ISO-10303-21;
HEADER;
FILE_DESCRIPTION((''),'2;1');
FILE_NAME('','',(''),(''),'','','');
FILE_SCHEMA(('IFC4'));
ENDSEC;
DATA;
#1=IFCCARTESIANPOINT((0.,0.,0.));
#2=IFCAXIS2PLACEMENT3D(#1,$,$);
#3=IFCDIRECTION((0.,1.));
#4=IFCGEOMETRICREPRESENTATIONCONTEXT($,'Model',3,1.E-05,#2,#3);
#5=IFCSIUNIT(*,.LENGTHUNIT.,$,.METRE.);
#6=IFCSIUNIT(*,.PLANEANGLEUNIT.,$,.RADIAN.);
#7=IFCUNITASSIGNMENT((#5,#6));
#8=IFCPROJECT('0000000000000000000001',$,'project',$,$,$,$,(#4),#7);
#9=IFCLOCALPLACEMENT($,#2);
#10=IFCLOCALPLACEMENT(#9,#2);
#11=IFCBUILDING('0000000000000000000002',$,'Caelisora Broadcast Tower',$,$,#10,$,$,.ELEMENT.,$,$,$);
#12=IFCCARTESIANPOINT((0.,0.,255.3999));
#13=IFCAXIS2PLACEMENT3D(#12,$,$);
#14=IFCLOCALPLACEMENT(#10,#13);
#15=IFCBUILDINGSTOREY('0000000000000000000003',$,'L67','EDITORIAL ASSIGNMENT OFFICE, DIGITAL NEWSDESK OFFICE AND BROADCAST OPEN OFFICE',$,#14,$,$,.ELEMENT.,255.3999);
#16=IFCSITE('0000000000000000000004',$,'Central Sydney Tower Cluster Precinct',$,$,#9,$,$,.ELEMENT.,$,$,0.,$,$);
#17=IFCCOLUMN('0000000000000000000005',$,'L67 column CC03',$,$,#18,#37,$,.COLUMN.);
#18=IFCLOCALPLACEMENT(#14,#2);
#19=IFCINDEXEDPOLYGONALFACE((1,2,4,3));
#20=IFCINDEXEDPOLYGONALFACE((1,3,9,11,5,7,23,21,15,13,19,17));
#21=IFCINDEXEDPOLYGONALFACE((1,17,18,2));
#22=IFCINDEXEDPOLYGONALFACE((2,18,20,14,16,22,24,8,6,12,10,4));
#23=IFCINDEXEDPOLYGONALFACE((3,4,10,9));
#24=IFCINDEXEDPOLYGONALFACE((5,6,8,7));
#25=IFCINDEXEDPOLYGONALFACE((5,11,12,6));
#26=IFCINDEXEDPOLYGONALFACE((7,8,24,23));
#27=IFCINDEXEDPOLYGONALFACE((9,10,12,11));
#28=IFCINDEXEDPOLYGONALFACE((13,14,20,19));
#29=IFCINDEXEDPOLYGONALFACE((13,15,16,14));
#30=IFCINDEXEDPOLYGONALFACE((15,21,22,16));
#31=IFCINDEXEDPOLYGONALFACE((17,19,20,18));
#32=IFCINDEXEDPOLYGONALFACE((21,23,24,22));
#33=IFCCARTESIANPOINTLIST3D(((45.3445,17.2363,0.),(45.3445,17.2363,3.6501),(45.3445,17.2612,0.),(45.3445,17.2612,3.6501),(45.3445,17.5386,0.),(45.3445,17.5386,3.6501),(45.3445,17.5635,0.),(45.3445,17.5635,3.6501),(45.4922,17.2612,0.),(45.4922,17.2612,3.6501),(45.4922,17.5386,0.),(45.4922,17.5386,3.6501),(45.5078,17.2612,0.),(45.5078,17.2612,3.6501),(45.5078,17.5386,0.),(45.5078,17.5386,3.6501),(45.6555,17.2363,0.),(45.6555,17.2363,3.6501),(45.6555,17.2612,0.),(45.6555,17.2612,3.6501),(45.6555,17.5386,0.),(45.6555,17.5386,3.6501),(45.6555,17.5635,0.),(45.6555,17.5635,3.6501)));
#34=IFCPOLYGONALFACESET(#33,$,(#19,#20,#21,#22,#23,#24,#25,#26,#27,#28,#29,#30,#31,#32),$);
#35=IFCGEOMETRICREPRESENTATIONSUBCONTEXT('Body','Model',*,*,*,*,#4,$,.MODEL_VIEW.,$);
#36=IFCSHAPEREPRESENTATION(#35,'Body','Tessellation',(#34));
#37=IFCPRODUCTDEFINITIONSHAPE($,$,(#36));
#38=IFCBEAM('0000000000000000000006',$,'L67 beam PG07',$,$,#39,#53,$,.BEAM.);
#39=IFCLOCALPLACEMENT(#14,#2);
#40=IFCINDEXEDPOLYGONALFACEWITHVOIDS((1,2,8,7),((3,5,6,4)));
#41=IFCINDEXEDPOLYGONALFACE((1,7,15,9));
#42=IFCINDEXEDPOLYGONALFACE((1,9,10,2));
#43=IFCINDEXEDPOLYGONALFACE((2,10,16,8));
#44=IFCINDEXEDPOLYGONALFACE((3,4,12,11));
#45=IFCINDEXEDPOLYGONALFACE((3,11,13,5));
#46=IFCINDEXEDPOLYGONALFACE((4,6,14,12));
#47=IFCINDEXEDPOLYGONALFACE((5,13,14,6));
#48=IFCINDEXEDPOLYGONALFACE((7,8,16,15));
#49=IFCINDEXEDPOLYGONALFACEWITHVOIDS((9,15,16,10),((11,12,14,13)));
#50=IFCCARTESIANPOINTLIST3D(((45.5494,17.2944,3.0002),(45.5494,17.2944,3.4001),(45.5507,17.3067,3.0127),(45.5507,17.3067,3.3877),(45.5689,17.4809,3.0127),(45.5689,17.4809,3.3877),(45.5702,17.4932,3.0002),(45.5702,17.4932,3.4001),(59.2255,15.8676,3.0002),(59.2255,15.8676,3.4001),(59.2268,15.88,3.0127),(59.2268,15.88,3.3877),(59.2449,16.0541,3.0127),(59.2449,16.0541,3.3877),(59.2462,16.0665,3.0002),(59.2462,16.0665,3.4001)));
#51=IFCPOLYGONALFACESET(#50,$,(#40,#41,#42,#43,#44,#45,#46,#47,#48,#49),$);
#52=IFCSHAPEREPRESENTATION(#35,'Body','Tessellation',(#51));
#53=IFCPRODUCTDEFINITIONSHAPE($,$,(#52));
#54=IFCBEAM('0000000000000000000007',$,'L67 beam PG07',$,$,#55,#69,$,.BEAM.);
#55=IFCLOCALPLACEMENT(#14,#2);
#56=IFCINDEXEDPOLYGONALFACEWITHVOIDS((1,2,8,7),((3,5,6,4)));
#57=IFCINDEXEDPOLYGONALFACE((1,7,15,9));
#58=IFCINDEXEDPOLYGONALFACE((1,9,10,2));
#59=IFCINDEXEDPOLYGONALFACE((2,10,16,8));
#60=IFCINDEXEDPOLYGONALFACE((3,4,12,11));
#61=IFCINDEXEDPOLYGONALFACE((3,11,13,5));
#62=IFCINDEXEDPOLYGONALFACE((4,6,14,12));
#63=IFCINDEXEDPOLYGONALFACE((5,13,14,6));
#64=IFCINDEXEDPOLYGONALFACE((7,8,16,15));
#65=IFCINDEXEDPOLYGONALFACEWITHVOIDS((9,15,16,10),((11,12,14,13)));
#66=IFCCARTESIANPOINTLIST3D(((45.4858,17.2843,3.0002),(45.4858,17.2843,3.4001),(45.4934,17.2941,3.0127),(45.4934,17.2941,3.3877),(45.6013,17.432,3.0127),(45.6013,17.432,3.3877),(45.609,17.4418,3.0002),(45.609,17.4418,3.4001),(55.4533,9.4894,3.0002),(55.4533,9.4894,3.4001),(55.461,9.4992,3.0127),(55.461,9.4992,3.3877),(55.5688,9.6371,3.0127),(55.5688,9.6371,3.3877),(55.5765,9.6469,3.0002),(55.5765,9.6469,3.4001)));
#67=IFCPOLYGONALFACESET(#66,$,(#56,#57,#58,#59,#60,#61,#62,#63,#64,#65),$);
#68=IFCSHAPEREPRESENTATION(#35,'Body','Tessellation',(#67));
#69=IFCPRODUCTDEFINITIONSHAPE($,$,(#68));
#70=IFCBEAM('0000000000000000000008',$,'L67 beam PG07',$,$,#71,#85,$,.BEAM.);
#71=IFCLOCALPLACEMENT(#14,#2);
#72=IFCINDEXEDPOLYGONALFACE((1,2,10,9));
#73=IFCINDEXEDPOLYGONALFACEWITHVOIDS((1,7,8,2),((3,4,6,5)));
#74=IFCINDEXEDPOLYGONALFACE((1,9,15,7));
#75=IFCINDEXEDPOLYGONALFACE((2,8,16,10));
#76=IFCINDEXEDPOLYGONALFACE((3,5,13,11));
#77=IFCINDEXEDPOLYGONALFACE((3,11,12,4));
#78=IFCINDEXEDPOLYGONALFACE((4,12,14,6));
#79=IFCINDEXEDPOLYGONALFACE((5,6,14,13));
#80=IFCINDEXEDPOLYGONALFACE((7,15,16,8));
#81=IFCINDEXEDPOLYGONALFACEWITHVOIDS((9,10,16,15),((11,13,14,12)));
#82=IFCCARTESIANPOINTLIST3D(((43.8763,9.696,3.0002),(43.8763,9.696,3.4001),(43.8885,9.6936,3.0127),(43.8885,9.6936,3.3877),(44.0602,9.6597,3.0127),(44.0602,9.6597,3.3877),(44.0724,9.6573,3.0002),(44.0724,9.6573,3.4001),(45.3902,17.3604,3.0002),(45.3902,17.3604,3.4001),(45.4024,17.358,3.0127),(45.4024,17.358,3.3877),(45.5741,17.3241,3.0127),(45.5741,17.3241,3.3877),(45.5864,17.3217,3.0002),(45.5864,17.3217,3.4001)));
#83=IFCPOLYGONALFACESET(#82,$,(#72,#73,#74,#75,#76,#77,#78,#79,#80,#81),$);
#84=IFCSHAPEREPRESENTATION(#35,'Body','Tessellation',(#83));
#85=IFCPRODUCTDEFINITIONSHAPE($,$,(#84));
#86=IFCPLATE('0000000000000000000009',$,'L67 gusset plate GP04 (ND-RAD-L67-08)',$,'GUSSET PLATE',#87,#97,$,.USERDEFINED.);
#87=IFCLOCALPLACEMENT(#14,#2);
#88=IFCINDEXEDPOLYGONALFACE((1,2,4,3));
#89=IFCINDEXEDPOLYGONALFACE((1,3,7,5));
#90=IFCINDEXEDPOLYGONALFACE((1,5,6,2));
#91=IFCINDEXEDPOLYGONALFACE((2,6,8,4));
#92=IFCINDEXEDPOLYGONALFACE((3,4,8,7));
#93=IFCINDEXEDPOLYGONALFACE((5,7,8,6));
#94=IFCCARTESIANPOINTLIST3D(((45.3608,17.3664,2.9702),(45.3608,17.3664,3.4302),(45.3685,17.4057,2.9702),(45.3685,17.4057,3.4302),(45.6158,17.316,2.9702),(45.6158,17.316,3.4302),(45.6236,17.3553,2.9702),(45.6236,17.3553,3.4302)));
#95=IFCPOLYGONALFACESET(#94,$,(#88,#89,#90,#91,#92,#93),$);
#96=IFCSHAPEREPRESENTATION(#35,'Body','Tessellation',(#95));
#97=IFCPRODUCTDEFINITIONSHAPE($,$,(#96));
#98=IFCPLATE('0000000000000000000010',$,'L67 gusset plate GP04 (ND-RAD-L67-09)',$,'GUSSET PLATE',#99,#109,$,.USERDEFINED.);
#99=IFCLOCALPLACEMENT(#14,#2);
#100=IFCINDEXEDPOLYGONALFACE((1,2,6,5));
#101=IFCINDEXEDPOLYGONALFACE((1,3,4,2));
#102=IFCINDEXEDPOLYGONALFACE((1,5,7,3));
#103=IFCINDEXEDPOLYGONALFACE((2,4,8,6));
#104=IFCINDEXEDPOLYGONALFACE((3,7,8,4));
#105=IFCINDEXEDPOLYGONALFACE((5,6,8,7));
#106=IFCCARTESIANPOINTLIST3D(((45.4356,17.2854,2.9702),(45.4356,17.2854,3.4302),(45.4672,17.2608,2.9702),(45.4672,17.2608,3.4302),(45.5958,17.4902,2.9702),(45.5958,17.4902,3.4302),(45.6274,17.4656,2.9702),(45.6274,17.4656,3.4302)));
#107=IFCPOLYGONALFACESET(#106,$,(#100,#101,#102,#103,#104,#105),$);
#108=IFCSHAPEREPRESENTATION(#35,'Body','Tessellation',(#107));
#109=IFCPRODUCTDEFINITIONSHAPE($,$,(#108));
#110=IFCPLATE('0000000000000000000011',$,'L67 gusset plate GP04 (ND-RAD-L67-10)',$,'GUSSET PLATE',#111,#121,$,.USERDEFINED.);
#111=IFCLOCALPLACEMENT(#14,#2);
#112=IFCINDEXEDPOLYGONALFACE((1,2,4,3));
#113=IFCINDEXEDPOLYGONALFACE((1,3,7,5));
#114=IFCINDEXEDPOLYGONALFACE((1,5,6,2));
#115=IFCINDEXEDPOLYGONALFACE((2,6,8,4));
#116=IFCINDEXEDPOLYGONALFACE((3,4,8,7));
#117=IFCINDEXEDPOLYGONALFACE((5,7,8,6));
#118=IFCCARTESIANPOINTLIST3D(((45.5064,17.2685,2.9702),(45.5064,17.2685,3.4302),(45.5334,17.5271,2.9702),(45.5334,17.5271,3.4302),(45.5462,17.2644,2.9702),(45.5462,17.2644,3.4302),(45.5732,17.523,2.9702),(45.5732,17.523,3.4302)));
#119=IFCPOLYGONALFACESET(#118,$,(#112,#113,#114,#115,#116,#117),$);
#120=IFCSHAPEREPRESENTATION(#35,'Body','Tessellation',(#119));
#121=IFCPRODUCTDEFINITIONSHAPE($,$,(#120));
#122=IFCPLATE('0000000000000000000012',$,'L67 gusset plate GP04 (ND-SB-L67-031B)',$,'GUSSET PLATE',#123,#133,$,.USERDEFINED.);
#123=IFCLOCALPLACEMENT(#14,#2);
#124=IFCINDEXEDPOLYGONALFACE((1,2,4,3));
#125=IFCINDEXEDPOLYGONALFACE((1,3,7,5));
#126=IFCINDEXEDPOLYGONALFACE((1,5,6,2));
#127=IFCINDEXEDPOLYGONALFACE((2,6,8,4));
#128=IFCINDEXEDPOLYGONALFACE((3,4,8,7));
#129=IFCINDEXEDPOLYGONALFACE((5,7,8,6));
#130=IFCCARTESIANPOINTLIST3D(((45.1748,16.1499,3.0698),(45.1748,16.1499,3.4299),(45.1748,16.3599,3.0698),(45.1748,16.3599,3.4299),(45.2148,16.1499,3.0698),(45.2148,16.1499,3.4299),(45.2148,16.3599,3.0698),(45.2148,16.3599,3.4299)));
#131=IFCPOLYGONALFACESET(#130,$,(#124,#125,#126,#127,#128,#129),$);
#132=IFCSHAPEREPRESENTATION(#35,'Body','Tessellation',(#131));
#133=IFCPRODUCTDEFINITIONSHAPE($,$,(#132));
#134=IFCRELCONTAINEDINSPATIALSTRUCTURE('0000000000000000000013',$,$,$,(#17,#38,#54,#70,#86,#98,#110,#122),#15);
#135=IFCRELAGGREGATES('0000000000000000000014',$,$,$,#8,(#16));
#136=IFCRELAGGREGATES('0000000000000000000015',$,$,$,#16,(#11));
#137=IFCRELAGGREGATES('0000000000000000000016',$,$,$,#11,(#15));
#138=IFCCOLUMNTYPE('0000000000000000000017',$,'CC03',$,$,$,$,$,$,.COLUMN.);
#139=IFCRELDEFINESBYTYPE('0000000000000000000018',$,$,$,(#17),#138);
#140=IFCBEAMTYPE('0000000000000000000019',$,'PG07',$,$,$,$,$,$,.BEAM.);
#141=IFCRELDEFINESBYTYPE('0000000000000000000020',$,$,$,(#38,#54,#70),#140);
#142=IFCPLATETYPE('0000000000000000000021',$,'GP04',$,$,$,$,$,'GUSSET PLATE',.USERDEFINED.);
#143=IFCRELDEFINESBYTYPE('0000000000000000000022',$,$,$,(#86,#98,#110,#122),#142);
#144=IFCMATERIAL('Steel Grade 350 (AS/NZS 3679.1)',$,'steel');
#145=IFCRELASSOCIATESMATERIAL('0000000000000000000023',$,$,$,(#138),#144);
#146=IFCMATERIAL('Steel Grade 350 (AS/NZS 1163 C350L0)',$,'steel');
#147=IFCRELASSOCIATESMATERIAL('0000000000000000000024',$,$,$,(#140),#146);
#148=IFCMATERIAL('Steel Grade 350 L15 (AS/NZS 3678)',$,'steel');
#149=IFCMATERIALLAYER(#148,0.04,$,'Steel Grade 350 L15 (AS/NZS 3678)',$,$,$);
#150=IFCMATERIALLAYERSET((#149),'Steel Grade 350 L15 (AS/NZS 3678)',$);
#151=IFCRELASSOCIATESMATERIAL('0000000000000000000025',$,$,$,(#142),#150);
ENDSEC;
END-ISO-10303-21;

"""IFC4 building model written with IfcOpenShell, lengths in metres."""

from ifc_helpers import new_model, si_unit, direction, frame, origin, origin_2d, place, context, subcontext, project, spatial, rectangle, hollow_rectangle, i_section, extrude, source, transform, mapped, material, layer, layer_set, material_profile, profile_set, type_object, type_shapes, element, save


model = new_model("IFC4")

# Units and contexts
model_context = context("Model", 3, precision=1e-05, world=origin(), true_north=direction((0.0, 1.0)))
body_context = subcontext(model_context, "Body", "Model", "MODEL_VIEW")
ifc_project = project(units=[si_unit("LENGTHUNIT", "METRE"), si_unit("PLANEANGLEUNIT", "RADIAN")], contexts=[model_context])

# Site, building, storey
site_placement = place(None, origin())
site = spatial("IfcSite", under=ifc_project, at=site_placement, Name="Central Sydney Tower Cluster Precinct", CompositionType="ELEMENT", RefElevation=0.0)
building_placement = place(site_placement, origin())
building = spatial("IfcBuilding", under=site, at=building_placement, Name="Caelisora Broadcast Tower", CompositionType="ELEMENT")
storey_placement = place(building_placement, frame((0.0, 0.0, 255.3999)))
storey = spatial("IfcBuildingStorey", under=building, at=storey_placement, Name="L67", Description="EDITORIAL ASSIGNMENT OFFICE, DIGITAL NEWSDESK OFFICE AND BROADCAST OPEN OFFICE", CompositionType="ELEMENT", Elevation=255.3999)

# Column
ifc_material_1 = material(Name="Steel Grade 350 (AS/NZS 3679.1)", Category="steel")
ifc_material_profile_1 = material_profile(ifc_material_1, i_section(OverallWidth=0.311, OverallDepth=0.3271, WebThickness=0.0156, FlangeThickness=0.0249, at=origin_2d()), Name="Steel Grade 350 (AS/NZS 3679.1)")
ifc_profile_set_1 = profile_set([ifc_material_profile_1], Name="Steel Grade 350 (AS/NZS 3679.1)")
column_type = type_object("IfcColumnType", Name="CC03", PredefinedType="COLUMN", material=ifc_profile_set_1)
shared_shape_1 = source(origin(), body_context, "Body", "SweptSolid", [
    extrude(i_section(OverallWidth=0.311, OverallDepth=0.3271, WebThickness=0.0156, FlangeThickness=0.0249, at=origin_2d()), origin(), (0.0, 0.0, 1.0), 3.6501),
])
type_shapes(column_type, [shared_shape_1])
column_placement = place(storey_placement, frame((45.5, 17.3999, 0.0), z_axis=(0.0, 0.0, 1.0), x_axis=(1.0, 0.0, 0.0)))
element("IfcColumn", 1, at=column_placement, inside=storey, type_object=column_type, Name="L67 column CC03", PredefinedType="COLUMN", context=body_context, shape_type="MappedRepresentation", body=[
    mapped(shared_shape_1, transform((0.0, 0.0, 0.0), scale=1.0)),
])

# Beams
ifc_material_2 = material(Name="Steel Grade 350 (AS/NZS 1163 C350L0)", Category="steel")
ifc_material_profile_2 = material_profile(ifc_material_2, hollow_rectangle(XDim=0.2, YDim=0.3999, WallThickness=0.0125, at=origin_2d()), Name="Steel Grade 350 (AS/NZS 1163 C350L0)")
ifc_profile_set_2 = profile_set([ifc_material_profile_2], Name="Steel Grade 350 (AS/NZS 1163 C350L0)")
beam_type = type_object("IfcBeamType", Name="PG07", PredefinedType="BEAM", material=ifc_profile_set_2)
shared_shape_2 = source(origin(), body_context, "Body", "SweptSolid", [
    extrude(hollow_rectangle(XDim=0.2, YDim=0.3999, WallThickness=0.0125, at=origin_2d()), origin(), (0.0, 0.0, 1.0), 13.7502),
])
beam_1_placement = place(storey_placement, frame((45.5598, 17.3938, 3.2002), z_axis=(0.994602, -0.103762, 0.0), x_axis=(0.103762, 0.994602, 0.0)))
element("IfcBeam", 2, at=beam_1_placement, inside=storey, type_object=beam_type, Name="L67 beam PG07", PredefinedType="BEAM", context=body_context, shape_type="MappedRepresentation", body=[
    mapped(shared_shape_2, transform((0.0, 0.0, 0.0), scale=1.0)),
])
shared_shape_3 = source(origin(), body_context, "Body", "SweptSolid", [
    extrude(hollow_rectangle(XDim=0.2, YDim=0.3999, WallThickness=0.0125, at=origin_2d()), origin(), (0.0, 0.0, 1.0), 12.6536),
])
beam_2_placement = place(storey_placement, frame((45.5474, 17.363, 3.2002), z_axis=(0.787726, -0.616026, 0.0), x_axis=(0.616026, 0.787726, 0.0)))
element("IfcBeam", 3, at=beam_2_placement, inside=storey, type_object=beam_type, Name="L67 beam PG07", PredefinedType="BEAM", context=body_context, shape_type="MappedRepresentation", body=[
    mapped(shared_shape_3, transform((0.0, 0.0, 0.0), scale=1.0)),
])
shared_shape_4 = source(origin(), body_context, "Body", "SweptSolid", [
    extrude(hollow_rectangle(XDim=0.2, YDim=0.3999, WallThickness=0.0125, at=origin_2d()), origin(), (0.0, 0.0, 1.0), 7.8125),
])
type_shapes(beam_type, [shared_shape_2, shared_shape_3, shared_shape_4])
beam_3_placement = place(storey_placement, frame((45.4883, 17.3411, 3.2002), z_axis=(-0.193784, -0.981044, 0.0), x_axis=(0.981044, -0.193784, 0.0)))
element("IfcBeam", 4, at=beam_3_placement, inside=storey, type_object=beam_type, Name="L67 beam PG07", PredefinedType="BEAM", context=body_context, shape_type="MappedRepresentation", body=[
    mapped(shared_shape_4, transform((0.0, 0.0, 0.0), scale=1.0)),
])

# Plates
ifc_material_3 = material(Name="Steel Grade 350 L15 (AS/NZS 3678)", Category="steel")
ifc_layer_1 = layer(ifc_material_3, 0.04, Name="Steel Grade 350 L15 (AS/NZS 3678)")
ifc_layer_set_1 = layer_set([ifc_layer_1], Name="Steel Grade 350 L15 (AS/NZS 3678)")
plate_type = type_object("IfcPlateType", Name="GP04", ElementType="GUSSET PLATE", PredefinedType="USERDEFINED", material=ifc_layer_set_1)
shared_shape_5 = source(origin(), body_context, "Body", "SweptSolid", [
    extrude(rectangle(XDim=0.26, YDim=0.04, at=origin_2d()), origin(), (0.0, 0.0, 1.0), 0.46),
])
for number, where, z_axis, x_axis, name in (
    (5, (45.4922, 17.3608, 2.9702), (0.0, 0.0, 1.0), (0.981023, -0.193892, 0.0), "L67 gusset plate GP04 (ND-RAD-L67-08)"),
    (6, (45.5315, 17.3755, 2.9702), (0.0, 0.0, 1.0), (0.616074, 0.787688, 0.0), "L67 gusset plate GP04 (ND-RAD-L67-09)"),
    (7, (45.5398, 17.3958, 2.9702), (0.0, 0.0, 1.0), (0.103834, 0.994595, 0.0), "L67 gusset plate GP04 (ND-RAD-L67-10)"),
):
    element("IfcPlate", number, at=place(storey_placement, frame(where, z_axis=z_axis, x_axis=x_axis)), inside=storey, type_object=plate_type, Name=name, ObjectType="GUSSET PLATE", PredefinedType="USERDEFINED", context=body_context, shape_type="MappedRepresentation", body=[
        mapped(shared_shape_5, transform((0.0, 0.0, 0.0), scale=1.0)),
    ])
shared_shape_6 = source(origin(), body_context, "Body", "SweptSolid", [
    extrude(rectangle(XDim=0.21, YDim=0.04, at=origin_2d()), origin(), (0.0, 0.0, 1.0), 0.3601),
])
type_shapes(plate_type, [shared_shape_5, shared_shape_6])
plate_placement = place(storey_placement, frame((45.1948, 16.2549, 3.0698), z_axis=(0.0, 0.0, 1.0), x_axis=(0.0, 1.0, 0.0)))
element("IfcPlate", 8, at=plate_placement, inside=storey, type_object=plate_type, Name="L67 gusset plate GP04 (ND-SB-L67-031B)", ObjectType="GUSSET PLATE", PredefinedType="USERDEFINED", context=body_context, shape_type="MappedRepresentation", body=[
    mapped(shared_shape_6, transform((0.0, 0.0, 0.0), scale=1.0)),
])

save(model, "model.ifc")
